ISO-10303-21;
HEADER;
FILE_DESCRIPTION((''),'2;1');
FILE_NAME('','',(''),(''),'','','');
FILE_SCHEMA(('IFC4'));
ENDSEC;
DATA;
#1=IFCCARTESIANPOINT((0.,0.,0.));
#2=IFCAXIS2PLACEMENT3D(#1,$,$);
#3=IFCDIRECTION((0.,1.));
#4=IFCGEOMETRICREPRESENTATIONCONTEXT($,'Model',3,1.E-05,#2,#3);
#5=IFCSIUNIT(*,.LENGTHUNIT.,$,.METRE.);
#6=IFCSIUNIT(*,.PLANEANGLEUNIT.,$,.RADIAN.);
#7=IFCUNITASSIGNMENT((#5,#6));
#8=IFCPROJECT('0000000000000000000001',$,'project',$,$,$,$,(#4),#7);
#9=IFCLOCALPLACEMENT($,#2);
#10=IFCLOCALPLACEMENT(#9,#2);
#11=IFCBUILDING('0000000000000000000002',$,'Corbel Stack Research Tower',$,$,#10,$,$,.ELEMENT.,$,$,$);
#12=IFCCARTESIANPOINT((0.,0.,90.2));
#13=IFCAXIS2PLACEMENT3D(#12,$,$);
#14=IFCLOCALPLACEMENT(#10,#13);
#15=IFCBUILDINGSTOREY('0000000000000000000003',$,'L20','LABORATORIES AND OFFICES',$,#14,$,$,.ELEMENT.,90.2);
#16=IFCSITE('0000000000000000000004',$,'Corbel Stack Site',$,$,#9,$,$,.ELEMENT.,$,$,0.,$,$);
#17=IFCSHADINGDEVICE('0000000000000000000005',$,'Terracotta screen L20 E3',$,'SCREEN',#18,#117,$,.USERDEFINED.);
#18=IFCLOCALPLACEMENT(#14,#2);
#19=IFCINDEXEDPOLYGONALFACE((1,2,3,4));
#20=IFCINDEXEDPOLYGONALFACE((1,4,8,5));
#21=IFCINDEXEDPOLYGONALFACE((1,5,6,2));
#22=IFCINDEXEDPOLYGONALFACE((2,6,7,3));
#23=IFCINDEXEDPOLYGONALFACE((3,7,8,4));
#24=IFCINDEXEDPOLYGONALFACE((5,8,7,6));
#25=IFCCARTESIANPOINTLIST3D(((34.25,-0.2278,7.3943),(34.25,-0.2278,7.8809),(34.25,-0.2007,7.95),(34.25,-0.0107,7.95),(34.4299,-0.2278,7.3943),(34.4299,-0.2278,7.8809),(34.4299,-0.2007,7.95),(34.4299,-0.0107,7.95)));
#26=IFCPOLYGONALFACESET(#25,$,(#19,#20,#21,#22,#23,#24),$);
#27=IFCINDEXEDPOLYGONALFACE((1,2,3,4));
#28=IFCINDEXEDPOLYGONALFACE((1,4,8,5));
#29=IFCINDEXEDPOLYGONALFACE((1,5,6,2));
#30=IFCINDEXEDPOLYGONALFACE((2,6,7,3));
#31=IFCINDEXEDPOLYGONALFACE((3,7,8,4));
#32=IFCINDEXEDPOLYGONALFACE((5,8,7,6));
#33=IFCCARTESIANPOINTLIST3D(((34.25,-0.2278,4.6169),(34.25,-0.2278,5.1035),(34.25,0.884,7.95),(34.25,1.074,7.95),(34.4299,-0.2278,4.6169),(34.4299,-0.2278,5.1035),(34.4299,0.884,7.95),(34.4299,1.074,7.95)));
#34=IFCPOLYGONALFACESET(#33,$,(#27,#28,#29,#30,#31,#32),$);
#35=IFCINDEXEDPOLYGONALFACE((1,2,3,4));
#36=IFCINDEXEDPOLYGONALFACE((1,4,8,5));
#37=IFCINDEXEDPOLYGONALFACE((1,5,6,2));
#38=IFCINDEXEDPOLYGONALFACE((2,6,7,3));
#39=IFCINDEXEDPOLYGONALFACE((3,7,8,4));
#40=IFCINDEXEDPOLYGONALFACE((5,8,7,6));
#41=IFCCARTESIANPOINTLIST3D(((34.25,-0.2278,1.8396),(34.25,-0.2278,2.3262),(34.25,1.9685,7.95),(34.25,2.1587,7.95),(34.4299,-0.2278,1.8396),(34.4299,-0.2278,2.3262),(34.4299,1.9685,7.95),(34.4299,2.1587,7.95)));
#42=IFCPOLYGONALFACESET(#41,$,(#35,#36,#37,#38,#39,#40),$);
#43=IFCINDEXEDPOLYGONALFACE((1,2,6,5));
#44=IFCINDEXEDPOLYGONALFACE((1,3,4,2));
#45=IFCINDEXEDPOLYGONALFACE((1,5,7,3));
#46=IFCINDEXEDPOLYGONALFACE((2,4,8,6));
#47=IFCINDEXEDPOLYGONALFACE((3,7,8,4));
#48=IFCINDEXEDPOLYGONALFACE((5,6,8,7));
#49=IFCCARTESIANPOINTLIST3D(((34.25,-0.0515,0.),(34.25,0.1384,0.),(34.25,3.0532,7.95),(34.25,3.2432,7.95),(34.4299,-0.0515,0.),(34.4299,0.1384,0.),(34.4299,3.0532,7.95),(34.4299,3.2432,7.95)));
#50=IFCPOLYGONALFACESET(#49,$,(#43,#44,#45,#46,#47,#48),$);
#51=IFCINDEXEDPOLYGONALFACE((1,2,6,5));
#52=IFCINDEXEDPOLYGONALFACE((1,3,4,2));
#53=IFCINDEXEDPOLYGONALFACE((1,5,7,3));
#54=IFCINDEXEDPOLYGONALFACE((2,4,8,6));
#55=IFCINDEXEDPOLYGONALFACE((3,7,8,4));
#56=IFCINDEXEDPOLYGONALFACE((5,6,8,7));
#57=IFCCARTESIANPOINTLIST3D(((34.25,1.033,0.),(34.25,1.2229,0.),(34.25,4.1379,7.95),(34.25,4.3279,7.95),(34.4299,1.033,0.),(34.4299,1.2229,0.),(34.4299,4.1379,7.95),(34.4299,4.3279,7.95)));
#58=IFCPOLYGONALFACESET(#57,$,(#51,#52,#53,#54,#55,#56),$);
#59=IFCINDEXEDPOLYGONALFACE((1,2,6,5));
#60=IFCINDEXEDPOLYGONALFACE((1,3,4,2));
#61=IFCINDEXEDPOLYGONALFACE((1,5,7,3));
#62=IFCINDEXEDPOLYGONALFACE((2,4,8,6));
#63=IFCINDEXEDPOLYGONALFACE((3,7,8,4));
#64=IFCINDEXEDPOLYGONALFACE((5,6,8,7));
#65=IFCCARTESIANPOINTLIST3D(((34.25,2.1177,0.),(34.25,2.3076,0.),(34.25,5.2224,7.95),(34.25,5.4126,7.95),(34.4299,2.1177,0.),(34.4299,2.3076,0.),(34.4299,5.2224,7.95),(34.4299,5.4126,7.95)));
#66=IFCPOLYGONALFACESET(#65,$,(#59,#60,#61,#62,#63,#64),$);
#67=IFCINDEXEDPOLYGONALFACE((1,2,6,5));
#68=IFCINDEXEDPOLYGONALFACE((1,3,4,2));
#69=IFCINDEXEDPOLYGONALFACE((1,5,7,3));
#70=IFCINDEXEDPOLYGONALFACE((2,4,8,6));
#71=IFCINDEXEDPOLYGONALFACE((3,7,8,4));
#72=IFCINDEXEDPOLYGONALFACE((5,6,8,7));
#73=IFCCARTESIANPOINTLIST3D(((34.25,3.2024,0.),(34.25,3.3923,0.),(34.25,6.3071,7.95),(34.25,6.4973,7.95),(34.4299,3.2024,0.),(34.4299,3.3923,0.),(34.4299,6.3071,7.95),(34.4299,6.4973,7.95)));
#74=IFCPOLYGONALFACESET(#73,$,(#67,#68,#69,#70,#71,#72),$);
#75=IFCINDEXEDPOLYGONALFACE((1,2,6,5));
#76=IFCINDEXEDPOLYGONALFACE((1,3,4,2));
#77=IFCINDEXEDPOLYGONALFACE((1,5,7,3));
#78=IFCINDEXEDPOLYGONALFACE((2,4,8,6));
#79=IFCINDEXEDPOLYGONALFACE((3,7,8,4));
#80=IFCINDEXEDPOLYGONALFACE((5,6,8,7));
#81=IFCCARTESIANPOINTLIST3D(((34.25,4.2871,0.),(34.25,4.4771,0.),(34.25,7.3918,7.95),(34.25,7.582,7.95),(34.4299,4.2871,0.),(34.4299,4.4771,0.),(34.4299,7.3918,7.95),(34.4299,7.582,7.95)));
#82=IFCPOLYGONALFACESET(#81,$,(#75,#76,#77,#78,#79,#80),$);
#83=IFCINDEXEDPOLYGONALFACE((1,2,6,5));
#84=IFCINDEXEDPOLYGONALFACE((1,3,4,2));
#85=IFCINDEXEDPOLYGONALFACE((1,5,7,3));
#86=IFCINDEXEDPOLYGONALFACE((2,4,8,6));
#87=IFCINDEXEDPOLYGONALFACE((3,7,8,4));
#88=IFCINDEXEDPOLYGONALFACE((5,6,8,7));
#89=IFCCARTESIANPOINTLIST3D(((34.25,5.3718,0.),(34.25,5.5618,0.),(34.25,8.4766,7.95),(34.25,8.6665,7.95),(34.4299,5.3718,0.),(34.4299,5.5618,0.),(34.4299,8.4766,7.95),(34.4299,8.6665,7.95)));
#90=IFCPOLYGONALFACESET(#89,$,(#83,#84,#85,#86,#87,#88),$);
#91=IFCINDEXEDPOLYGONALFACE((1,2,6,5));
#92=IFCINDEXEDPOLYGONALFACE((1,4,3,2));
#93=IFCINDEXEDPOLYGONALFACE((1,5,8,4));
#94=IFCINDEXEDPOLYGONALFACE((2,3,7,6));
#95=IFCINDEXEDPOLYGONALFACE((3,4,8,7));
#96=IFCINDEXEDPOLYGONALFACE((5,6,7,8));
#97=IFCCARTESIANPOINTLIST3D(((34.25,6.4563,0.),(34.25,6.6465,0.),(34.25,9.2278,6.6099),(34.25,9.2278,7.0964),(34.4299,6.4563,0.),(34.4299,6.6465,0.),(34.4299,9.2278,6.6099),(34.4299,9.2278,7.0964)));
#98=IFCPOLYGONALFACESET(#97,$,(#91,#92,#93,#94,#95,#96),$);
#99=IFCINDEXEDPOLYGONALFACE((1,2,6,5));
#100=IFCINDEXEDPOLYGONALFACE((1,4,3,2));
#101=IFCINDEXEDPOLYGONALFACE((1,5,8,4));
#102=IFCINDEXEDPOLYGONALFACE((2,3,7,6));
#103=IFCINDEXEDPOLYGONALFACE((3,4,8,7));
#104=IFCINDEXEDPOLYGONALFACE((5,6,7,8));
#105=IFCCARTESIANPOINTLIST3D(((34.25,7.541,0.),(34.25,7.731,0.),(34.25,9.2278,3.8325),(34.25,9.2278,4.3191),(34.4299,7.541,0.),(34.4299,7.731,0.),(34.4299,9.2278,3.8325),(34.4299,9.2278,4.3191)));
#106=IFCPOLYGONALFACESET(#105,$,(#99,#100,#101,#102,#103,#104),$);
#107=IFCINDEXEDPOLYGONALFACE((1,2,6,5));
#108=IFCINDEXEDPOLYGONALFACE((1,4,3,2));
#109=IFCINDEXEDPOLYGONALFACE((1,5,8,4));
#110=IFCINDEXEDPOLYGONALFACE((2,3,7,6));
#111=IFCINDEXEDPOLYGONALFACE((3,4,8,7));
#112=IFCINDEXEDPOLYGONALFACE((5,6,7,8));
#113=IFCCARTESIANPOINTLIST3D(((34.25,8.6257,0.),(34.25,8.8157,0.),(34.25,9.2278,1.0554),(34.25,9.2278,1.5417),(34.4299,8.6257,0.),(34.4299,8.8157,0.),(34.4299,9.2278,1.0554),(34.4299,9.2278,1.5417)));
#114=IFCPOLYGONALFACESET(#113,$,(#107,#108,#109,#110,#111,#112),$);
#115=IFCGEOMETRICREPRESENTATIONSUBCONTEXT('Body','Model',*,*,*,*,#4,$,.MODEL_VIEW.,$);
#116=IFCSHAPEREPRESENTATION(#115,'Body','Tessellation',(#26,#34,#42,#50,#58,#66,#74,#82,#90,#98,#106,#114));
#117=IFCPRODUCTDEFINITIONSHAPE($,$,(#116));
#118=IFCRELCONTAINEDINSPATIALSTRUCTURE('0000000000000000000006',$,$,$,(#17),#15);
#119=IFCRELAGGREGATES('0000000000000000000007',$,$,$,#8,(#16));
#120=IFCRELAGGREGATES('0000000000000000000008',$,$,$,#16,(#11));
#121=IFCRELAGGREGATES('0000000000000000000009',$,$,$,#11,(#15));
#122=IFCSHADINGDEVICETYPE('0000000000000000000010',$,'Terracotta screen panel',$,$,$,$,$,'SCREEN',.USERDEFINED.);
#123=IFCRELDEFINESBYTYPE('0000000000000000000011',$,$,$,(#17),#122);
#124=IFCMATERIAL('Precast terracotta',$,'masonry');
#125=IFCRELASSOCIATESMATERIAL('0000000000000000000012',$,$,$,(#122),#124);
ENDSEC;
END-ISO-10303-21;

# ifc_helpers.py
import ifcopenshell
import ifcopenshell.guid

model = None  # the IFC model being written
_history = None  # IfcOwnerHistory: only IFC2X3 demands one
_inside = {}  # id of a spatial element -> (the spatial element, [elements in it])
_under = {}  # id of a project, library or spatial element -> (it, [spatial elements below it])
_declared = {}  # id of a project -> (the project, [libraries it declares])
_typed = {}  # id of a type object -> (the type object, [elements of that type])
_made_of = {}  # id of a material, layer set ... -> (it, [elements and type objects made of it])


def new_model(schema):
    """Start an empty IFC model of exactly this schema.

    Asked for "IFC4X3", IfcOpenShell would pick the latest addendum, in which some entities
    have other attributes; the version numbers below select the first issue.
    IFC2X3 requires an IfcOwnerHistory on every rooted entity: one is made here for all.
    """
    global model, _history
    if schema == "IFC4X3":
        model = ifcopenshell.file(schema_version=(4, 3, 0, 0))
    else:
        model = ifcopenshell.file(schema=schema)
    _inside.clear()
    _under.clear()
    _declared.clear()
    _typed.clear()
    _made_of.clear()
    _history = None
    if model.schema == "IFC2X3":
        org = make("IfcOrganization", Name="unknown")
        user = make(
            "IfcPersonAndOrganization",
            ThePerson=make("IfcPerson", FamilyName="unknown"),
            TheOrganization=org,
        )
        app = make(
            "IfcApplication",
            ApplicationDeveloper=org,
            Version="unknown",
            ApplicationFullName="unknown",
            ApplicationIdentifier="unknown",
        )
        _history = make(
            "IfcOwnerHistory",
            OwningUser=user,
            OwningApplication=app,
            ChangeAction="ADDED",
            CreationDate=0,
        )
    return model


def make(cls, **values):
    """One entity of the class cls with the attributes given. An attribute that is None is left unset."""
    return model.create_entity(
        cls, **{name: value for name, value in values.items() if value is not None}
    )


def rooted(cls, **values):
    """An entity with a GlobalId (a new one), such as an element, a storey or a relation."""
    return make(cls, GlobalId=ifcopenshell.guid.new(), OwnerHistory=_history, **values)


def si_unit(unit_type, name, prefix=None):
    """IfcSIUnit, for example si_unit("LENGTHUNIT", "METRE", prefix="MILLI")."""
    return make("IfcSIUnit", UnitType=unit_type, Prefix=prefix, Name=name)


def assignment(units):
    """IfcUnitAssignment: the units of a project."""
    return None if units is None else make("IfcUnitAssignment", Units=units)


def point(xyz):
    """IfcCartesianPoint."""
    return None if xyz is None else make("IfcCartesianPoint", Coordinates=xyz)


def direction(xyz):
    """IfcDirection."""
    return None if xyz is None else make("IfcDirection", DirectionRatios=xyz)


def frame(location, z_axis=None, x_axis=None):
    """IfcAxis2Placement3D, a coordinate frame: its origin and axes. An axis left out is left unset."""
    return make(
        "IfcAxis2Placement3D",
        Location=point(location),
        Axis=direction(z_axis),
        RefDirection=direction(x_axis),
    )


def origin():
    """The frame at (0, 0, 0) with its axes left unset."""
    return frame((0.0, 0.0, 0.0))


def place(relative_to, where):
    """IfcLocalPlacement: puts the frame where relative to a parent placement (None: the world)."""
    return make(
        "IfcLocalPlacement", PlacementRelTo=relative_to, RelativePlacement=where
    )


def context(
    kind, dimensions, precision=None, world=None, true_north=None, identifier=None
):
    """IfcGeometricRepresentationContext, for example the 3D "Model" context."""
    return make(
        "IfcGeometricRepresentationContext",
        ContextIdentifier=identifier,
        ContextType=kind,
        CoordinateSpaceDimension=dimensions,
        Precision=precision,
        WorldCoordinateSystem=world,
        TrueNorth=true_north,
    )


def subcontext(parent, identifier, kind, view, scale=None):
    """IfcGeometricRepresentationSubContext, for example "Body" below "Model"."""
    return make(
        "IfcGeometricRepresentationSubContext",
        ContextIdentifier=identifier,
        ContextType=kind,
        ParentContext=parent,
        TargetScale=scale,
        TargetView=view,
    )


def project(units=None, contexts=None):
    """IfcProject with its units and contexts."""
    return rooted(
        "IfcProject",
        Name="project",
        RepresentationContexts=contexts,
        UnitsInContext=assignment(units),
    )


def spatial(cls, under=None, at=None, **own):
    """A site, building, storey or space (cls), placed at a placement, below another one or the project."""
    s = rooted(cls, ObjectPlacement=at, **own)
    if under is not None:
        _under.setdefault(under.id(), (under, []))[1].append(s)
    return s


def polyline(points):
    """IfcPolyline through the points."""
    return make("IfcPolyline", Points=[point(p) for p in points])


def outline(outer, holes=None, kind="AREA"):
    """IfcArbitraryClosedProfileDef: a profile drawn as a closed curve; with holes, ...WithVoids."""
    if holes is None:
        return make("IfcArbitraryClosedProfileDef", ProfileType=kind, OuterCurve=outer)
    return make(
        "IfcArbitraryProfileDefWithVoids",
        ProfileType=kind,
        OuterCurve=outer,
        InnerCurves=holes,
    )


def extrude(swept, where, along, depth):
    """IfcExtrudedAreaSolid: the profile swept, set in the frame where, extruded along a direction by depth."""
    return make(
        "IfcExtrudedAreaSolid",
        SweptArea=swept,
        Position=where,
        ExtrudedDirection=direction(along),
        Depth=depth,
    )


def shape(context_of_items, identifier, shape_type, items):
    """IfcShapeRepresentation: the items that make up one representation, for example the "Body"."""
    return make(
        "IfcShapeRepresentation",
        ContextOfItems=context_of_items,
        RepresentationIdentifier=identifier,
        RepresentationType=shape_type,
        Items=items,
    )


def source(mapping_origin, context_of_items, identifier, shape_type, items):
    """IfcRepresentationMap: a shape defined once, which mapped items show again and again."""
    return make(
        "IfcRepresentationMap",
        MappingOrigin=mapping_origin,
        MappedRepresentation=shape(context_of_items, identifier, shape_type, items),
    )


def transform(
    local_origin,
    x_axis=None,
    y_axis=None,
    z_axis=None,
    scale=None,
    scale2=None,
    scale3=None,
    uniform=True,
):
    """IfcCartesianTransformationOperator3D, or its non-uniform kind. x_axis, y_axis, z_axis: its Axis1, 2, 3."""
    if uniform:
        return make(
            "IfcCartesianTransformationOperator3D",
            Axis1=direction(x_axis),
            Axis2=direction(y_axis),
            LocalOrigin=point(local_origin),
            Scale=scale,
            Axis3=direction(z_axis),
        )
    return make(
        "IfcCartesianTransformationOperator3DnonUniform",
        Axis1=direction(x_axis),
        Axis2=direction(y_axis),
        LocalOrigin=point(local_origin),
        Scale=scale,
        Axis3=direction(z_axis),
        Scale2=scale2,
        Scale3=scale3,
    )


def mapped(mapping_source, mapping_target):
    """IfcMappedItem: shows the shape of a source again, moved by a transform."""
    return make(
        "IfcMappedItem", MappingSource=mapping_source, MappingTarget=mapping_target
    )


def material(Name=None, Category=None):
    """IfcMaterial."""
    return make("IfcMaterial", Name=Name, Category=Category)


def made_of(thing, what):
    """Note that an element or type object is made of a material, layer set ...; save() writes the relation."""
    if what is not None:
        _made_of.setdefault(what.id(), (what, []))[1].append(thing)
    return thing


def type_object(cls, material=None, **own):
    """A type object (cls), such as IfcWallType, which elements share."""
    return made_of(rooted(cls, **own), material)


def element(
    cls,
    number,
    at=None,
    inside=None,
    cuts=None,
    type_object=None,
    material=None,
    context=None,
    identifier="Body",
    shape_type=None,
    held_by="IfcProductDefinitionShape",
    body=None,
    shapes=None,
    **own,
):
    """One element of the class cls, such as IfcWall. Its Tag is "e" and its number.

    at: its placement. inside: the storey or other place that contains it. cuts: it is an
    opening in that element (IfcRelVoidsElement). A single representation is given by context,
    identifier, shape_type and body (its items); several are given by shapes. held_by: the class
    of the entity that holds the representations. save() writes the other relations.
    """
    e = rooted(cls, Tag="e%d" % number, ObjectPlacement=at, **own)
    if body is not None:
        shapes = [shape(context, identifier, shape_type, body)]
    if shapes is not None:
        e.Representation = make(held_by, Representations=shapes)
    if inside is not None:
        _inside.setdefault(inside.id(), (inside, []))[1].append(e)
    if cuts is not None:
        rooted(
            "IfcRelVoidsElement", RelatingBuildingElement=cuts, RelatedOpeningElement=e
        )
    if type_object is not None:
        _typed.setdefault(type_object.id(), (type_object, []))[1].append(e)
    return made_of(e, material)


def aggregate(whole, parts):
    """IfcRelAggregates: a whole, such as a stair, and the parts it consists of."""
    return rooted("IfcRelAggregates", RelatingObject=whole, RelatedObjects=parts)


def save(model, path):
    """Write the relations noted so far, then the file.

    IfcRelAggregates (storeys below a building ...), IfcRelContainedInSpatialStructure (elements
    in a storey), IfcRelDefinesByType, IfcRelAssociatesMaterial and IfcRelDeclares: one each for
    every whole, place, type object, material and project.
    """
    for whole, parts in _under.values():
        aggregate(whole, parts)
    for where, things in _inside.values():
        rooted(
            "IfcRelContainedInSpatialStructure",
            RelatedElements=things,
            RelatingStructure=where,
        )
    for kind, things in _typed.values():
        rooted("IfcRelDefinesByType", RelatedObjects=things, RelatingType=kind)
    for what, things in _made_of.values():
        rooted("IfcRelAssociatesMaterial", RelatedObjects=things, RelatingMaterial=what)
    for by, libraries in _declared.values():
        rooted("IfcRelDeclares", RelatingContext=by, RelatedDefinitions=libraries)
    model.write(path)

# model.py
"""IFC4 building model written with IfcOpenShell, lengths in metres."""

from ifc_helpers import new_model, si_unit, direction, frame, origin, place, context, subcontext, project, spatial, polyline, outline, extrude, source, transform, mapped, material, type_object, element, save


model = new_model("IFC4")

# Units and contexts
model_context = context("Model", 3, precision=1e-05, world=origin(), true_north=direction((0.0, 1.0)))
body_context = subcontext(model_context, "Body", "Model", "MODEL_VIEW")
ifc_project = project(units=[si_unit("LENGTHUNIT", "METRE"), si_unit("PLANEANGLEUNIT", "RADIAN")], contexts=[model_context])

# Site, building, storey
site_placement = place(None, origin())
site = spatial("IfcSite", under=ifc_project, at=site_placement, Name="Corbel Stack Site", CompositionType="ELEMENT", RefElevation=0.0)
building_placement = place(site_placement, origin())
building = spatial("IfcBuilding", under=site, at=building_placement, Name="Corbel Stack Research Tower", CompositionType="ELEMENT")
storey_placement = place(building_placement, frame((0.0, 0.0, 90.2)))
storey = spatial("IfcBuildingStorey", under=building, at=storey_placement, Name="L20", Description="LABORATORIES AND OFFICES", CompositionType="ELEMENT", Elevation=90.2)

# Shading device
ifc_material_1 = material(Name="Precast terracotta", Category="masonry")
shading_device_type = type_object("IfcShadingDeviceType", Name="Terracotta screen panel", ElementType="SCREEN", PredefinedType="USERDEFINED", material=ifc_material_1)
shared_shape_1 = source(origin(), body_context, "Body", "SweptSolid", [
    extrude(outline(polyline([(0.217, 7.95), (0.0271, 7.95), (0.0, 7.8809), (0.0, 7.3943), (0.217, 7.95)])), frame((0.0, 0.0, 0.0), z_axis=(0.0, -1.0, 0.0), x_axis=(1.0, 0.0, 0.0)), (0.0, 0.0, 1.0), 0.1799),
    extrude(outline(polyline([(1.3018, 7.95), (1.1118, 7.95), (0.0, 5.1035), (0.0, 4.6169), (1.3018, 7.95)])), frame((0.0, 0.0, 0.0), z_axis=(0.0, -1.0, 0.0), x_axis=(1.0, 0.0, 0.0)), (0.0, 0.0, 1.0), 0.1799),
    extrude(outline(polyline([(2.3865, 7.95), (2.1963, 7.95), (0.0, 2.3262), (0.0, 1.8396), (2.3865, 7.95)])), frame((0.0, 0.0, 0.0), z_axis=(0.0, -1.0, 0.0), x_axis=(1.0, 0.0, 0.0)), (0.0, 0.0, 1.0), 0.1799),
    extrude(outline(polyline([(0.3662, 0.0), (3.4709, 7.95), (3.281, 7.95), (0.1763, 0.0), (0.3662, 0.0)])), frame((0.0, 0.0, 0.0), z_axis=(0.0, -1.0, 0.0), x_axis=(1.0, 0.0, 0.0)), (0.0, 0.0, 1.0), 0.1799),
    extrude(outline(polyline([(1.4507, 0.0), (4.5557, 7.95), (4.3657, 7.95), (1.2607, 0.0), (1.4507, 0.0)])), frame((0.0, 0.0, 0.0), z_axis=(0.0, -1.0, 0.0), x_axis=(1.0, 0.0, 0.0)), (0.0, 0.0, 1.0), 0.1799),
    extrude(outline(polyline([(2.5354, 0.0), (5.6404, 7.95), (5.4502, 7.95), (2.3455, 0.0), (2.5354, 0.0)])), frame((0.0, 0.0, 0.0), z_axis=(0.0, -1.0, 0.0), x_axis=(1.0, 0.0, 0.0)), (0.0, 0.0, 1.0), 0.1799),
    extrude(outline(polyline([(3.6201, 0.0), (6.7251, 7.95), (6.5349, 7.95), (3.4302, 0.0), (3.6201, 0.0)])), frame((0.0, 0.0, 0.0), z_axis=(0.0, -1.0, 0.0), x_axis=(1.0, 0.0, 0.0)), (0.0, 0.0, 1.0), 0.1799),
    extrude(outline(polyline([(4.7048, 0.0), (7.8098, 7.95), (7.6196, 7.95), (4.5149, 0.0), (4.7048, 0.0)])), frame((0.0, 0.0, 0.0), z_axis=(0.0, -1.0, 0.0), x_axis=(1.0, 0.0, 0.0)), (0.0, 0.0, 1.0), 0.1799),
    extrude(outline(polyline([(5.7896, 0.0), (8.8943, 7.95), (8.7043, 7.95), (5.5996, 0.0), (5.7896, 0.0)])), frame((0.0, 0.0, 0.0), z_axis=(0.0, -1.0, 0.0), x_axis=(1.0, 0.0, 0.0)), (0.0, 0.0, 1.0), 0.1799),
    extrude(outline(polyline([(6.8743, 0.0), (9.4556, 6.6099), (9.4556, 7.0964), (6.6841, 0.0), (6.8743, 0.0)])), frame((0.0, 0.0, 0.0), z_axis=(0.0, -1.0, 0.0), x_axis=(1.0, 0.0, 0.0)), (0.0, 0.0, 1.0), 0.1799),
    extrude(outline(polyline([(7.9587, 0.0), (9.4556, 3.8325), (9.4556, 4.3191), (7.7688, 0.0), (7.9587, 0.0)])), frame((0.0, 0.0, 0.0), z_axis=(0.0, -1.0, 0.0), x_axis=(1.0, 0.0, 0.0)), (0.0, 0.0, 1.0), 0.1799),
    extrude(outline(polyline([(9.0435, 0.0), (9.4556, 1.0554), (9.4556, 1.5417), (8.8535, 0.0), (9.0435, 0.0)])), frame((0.0, 0.0, 0.0), z_axis=(0.0, -1.0, 0.0), x_axis=(1.0, 0.0, 0.0)), (0.0, 0.0, 1.0), 0.1799),
])
shading_device_1_placement = place(storey_placement, frame((34.25, -0.2278, 0.0), z_axis=(0.0, 0.0, 1.0), x_axis=(0.0, 1.0, 0.0)))
element("IfcShadingDevice", 1, at=shading_device_1_placement, inside=storey, type_object=shading_device_type, Name="Terracotta screen L20 E3", ObjectType="SCREEN", PredefinedType="USERDEFINED", context=body_context, shape_type="MappedRepresentation", body=[
    mapped(shared_shape_1, transform((0.0, 0.0, 0.0))),
])

save(model, "model.ifc")
